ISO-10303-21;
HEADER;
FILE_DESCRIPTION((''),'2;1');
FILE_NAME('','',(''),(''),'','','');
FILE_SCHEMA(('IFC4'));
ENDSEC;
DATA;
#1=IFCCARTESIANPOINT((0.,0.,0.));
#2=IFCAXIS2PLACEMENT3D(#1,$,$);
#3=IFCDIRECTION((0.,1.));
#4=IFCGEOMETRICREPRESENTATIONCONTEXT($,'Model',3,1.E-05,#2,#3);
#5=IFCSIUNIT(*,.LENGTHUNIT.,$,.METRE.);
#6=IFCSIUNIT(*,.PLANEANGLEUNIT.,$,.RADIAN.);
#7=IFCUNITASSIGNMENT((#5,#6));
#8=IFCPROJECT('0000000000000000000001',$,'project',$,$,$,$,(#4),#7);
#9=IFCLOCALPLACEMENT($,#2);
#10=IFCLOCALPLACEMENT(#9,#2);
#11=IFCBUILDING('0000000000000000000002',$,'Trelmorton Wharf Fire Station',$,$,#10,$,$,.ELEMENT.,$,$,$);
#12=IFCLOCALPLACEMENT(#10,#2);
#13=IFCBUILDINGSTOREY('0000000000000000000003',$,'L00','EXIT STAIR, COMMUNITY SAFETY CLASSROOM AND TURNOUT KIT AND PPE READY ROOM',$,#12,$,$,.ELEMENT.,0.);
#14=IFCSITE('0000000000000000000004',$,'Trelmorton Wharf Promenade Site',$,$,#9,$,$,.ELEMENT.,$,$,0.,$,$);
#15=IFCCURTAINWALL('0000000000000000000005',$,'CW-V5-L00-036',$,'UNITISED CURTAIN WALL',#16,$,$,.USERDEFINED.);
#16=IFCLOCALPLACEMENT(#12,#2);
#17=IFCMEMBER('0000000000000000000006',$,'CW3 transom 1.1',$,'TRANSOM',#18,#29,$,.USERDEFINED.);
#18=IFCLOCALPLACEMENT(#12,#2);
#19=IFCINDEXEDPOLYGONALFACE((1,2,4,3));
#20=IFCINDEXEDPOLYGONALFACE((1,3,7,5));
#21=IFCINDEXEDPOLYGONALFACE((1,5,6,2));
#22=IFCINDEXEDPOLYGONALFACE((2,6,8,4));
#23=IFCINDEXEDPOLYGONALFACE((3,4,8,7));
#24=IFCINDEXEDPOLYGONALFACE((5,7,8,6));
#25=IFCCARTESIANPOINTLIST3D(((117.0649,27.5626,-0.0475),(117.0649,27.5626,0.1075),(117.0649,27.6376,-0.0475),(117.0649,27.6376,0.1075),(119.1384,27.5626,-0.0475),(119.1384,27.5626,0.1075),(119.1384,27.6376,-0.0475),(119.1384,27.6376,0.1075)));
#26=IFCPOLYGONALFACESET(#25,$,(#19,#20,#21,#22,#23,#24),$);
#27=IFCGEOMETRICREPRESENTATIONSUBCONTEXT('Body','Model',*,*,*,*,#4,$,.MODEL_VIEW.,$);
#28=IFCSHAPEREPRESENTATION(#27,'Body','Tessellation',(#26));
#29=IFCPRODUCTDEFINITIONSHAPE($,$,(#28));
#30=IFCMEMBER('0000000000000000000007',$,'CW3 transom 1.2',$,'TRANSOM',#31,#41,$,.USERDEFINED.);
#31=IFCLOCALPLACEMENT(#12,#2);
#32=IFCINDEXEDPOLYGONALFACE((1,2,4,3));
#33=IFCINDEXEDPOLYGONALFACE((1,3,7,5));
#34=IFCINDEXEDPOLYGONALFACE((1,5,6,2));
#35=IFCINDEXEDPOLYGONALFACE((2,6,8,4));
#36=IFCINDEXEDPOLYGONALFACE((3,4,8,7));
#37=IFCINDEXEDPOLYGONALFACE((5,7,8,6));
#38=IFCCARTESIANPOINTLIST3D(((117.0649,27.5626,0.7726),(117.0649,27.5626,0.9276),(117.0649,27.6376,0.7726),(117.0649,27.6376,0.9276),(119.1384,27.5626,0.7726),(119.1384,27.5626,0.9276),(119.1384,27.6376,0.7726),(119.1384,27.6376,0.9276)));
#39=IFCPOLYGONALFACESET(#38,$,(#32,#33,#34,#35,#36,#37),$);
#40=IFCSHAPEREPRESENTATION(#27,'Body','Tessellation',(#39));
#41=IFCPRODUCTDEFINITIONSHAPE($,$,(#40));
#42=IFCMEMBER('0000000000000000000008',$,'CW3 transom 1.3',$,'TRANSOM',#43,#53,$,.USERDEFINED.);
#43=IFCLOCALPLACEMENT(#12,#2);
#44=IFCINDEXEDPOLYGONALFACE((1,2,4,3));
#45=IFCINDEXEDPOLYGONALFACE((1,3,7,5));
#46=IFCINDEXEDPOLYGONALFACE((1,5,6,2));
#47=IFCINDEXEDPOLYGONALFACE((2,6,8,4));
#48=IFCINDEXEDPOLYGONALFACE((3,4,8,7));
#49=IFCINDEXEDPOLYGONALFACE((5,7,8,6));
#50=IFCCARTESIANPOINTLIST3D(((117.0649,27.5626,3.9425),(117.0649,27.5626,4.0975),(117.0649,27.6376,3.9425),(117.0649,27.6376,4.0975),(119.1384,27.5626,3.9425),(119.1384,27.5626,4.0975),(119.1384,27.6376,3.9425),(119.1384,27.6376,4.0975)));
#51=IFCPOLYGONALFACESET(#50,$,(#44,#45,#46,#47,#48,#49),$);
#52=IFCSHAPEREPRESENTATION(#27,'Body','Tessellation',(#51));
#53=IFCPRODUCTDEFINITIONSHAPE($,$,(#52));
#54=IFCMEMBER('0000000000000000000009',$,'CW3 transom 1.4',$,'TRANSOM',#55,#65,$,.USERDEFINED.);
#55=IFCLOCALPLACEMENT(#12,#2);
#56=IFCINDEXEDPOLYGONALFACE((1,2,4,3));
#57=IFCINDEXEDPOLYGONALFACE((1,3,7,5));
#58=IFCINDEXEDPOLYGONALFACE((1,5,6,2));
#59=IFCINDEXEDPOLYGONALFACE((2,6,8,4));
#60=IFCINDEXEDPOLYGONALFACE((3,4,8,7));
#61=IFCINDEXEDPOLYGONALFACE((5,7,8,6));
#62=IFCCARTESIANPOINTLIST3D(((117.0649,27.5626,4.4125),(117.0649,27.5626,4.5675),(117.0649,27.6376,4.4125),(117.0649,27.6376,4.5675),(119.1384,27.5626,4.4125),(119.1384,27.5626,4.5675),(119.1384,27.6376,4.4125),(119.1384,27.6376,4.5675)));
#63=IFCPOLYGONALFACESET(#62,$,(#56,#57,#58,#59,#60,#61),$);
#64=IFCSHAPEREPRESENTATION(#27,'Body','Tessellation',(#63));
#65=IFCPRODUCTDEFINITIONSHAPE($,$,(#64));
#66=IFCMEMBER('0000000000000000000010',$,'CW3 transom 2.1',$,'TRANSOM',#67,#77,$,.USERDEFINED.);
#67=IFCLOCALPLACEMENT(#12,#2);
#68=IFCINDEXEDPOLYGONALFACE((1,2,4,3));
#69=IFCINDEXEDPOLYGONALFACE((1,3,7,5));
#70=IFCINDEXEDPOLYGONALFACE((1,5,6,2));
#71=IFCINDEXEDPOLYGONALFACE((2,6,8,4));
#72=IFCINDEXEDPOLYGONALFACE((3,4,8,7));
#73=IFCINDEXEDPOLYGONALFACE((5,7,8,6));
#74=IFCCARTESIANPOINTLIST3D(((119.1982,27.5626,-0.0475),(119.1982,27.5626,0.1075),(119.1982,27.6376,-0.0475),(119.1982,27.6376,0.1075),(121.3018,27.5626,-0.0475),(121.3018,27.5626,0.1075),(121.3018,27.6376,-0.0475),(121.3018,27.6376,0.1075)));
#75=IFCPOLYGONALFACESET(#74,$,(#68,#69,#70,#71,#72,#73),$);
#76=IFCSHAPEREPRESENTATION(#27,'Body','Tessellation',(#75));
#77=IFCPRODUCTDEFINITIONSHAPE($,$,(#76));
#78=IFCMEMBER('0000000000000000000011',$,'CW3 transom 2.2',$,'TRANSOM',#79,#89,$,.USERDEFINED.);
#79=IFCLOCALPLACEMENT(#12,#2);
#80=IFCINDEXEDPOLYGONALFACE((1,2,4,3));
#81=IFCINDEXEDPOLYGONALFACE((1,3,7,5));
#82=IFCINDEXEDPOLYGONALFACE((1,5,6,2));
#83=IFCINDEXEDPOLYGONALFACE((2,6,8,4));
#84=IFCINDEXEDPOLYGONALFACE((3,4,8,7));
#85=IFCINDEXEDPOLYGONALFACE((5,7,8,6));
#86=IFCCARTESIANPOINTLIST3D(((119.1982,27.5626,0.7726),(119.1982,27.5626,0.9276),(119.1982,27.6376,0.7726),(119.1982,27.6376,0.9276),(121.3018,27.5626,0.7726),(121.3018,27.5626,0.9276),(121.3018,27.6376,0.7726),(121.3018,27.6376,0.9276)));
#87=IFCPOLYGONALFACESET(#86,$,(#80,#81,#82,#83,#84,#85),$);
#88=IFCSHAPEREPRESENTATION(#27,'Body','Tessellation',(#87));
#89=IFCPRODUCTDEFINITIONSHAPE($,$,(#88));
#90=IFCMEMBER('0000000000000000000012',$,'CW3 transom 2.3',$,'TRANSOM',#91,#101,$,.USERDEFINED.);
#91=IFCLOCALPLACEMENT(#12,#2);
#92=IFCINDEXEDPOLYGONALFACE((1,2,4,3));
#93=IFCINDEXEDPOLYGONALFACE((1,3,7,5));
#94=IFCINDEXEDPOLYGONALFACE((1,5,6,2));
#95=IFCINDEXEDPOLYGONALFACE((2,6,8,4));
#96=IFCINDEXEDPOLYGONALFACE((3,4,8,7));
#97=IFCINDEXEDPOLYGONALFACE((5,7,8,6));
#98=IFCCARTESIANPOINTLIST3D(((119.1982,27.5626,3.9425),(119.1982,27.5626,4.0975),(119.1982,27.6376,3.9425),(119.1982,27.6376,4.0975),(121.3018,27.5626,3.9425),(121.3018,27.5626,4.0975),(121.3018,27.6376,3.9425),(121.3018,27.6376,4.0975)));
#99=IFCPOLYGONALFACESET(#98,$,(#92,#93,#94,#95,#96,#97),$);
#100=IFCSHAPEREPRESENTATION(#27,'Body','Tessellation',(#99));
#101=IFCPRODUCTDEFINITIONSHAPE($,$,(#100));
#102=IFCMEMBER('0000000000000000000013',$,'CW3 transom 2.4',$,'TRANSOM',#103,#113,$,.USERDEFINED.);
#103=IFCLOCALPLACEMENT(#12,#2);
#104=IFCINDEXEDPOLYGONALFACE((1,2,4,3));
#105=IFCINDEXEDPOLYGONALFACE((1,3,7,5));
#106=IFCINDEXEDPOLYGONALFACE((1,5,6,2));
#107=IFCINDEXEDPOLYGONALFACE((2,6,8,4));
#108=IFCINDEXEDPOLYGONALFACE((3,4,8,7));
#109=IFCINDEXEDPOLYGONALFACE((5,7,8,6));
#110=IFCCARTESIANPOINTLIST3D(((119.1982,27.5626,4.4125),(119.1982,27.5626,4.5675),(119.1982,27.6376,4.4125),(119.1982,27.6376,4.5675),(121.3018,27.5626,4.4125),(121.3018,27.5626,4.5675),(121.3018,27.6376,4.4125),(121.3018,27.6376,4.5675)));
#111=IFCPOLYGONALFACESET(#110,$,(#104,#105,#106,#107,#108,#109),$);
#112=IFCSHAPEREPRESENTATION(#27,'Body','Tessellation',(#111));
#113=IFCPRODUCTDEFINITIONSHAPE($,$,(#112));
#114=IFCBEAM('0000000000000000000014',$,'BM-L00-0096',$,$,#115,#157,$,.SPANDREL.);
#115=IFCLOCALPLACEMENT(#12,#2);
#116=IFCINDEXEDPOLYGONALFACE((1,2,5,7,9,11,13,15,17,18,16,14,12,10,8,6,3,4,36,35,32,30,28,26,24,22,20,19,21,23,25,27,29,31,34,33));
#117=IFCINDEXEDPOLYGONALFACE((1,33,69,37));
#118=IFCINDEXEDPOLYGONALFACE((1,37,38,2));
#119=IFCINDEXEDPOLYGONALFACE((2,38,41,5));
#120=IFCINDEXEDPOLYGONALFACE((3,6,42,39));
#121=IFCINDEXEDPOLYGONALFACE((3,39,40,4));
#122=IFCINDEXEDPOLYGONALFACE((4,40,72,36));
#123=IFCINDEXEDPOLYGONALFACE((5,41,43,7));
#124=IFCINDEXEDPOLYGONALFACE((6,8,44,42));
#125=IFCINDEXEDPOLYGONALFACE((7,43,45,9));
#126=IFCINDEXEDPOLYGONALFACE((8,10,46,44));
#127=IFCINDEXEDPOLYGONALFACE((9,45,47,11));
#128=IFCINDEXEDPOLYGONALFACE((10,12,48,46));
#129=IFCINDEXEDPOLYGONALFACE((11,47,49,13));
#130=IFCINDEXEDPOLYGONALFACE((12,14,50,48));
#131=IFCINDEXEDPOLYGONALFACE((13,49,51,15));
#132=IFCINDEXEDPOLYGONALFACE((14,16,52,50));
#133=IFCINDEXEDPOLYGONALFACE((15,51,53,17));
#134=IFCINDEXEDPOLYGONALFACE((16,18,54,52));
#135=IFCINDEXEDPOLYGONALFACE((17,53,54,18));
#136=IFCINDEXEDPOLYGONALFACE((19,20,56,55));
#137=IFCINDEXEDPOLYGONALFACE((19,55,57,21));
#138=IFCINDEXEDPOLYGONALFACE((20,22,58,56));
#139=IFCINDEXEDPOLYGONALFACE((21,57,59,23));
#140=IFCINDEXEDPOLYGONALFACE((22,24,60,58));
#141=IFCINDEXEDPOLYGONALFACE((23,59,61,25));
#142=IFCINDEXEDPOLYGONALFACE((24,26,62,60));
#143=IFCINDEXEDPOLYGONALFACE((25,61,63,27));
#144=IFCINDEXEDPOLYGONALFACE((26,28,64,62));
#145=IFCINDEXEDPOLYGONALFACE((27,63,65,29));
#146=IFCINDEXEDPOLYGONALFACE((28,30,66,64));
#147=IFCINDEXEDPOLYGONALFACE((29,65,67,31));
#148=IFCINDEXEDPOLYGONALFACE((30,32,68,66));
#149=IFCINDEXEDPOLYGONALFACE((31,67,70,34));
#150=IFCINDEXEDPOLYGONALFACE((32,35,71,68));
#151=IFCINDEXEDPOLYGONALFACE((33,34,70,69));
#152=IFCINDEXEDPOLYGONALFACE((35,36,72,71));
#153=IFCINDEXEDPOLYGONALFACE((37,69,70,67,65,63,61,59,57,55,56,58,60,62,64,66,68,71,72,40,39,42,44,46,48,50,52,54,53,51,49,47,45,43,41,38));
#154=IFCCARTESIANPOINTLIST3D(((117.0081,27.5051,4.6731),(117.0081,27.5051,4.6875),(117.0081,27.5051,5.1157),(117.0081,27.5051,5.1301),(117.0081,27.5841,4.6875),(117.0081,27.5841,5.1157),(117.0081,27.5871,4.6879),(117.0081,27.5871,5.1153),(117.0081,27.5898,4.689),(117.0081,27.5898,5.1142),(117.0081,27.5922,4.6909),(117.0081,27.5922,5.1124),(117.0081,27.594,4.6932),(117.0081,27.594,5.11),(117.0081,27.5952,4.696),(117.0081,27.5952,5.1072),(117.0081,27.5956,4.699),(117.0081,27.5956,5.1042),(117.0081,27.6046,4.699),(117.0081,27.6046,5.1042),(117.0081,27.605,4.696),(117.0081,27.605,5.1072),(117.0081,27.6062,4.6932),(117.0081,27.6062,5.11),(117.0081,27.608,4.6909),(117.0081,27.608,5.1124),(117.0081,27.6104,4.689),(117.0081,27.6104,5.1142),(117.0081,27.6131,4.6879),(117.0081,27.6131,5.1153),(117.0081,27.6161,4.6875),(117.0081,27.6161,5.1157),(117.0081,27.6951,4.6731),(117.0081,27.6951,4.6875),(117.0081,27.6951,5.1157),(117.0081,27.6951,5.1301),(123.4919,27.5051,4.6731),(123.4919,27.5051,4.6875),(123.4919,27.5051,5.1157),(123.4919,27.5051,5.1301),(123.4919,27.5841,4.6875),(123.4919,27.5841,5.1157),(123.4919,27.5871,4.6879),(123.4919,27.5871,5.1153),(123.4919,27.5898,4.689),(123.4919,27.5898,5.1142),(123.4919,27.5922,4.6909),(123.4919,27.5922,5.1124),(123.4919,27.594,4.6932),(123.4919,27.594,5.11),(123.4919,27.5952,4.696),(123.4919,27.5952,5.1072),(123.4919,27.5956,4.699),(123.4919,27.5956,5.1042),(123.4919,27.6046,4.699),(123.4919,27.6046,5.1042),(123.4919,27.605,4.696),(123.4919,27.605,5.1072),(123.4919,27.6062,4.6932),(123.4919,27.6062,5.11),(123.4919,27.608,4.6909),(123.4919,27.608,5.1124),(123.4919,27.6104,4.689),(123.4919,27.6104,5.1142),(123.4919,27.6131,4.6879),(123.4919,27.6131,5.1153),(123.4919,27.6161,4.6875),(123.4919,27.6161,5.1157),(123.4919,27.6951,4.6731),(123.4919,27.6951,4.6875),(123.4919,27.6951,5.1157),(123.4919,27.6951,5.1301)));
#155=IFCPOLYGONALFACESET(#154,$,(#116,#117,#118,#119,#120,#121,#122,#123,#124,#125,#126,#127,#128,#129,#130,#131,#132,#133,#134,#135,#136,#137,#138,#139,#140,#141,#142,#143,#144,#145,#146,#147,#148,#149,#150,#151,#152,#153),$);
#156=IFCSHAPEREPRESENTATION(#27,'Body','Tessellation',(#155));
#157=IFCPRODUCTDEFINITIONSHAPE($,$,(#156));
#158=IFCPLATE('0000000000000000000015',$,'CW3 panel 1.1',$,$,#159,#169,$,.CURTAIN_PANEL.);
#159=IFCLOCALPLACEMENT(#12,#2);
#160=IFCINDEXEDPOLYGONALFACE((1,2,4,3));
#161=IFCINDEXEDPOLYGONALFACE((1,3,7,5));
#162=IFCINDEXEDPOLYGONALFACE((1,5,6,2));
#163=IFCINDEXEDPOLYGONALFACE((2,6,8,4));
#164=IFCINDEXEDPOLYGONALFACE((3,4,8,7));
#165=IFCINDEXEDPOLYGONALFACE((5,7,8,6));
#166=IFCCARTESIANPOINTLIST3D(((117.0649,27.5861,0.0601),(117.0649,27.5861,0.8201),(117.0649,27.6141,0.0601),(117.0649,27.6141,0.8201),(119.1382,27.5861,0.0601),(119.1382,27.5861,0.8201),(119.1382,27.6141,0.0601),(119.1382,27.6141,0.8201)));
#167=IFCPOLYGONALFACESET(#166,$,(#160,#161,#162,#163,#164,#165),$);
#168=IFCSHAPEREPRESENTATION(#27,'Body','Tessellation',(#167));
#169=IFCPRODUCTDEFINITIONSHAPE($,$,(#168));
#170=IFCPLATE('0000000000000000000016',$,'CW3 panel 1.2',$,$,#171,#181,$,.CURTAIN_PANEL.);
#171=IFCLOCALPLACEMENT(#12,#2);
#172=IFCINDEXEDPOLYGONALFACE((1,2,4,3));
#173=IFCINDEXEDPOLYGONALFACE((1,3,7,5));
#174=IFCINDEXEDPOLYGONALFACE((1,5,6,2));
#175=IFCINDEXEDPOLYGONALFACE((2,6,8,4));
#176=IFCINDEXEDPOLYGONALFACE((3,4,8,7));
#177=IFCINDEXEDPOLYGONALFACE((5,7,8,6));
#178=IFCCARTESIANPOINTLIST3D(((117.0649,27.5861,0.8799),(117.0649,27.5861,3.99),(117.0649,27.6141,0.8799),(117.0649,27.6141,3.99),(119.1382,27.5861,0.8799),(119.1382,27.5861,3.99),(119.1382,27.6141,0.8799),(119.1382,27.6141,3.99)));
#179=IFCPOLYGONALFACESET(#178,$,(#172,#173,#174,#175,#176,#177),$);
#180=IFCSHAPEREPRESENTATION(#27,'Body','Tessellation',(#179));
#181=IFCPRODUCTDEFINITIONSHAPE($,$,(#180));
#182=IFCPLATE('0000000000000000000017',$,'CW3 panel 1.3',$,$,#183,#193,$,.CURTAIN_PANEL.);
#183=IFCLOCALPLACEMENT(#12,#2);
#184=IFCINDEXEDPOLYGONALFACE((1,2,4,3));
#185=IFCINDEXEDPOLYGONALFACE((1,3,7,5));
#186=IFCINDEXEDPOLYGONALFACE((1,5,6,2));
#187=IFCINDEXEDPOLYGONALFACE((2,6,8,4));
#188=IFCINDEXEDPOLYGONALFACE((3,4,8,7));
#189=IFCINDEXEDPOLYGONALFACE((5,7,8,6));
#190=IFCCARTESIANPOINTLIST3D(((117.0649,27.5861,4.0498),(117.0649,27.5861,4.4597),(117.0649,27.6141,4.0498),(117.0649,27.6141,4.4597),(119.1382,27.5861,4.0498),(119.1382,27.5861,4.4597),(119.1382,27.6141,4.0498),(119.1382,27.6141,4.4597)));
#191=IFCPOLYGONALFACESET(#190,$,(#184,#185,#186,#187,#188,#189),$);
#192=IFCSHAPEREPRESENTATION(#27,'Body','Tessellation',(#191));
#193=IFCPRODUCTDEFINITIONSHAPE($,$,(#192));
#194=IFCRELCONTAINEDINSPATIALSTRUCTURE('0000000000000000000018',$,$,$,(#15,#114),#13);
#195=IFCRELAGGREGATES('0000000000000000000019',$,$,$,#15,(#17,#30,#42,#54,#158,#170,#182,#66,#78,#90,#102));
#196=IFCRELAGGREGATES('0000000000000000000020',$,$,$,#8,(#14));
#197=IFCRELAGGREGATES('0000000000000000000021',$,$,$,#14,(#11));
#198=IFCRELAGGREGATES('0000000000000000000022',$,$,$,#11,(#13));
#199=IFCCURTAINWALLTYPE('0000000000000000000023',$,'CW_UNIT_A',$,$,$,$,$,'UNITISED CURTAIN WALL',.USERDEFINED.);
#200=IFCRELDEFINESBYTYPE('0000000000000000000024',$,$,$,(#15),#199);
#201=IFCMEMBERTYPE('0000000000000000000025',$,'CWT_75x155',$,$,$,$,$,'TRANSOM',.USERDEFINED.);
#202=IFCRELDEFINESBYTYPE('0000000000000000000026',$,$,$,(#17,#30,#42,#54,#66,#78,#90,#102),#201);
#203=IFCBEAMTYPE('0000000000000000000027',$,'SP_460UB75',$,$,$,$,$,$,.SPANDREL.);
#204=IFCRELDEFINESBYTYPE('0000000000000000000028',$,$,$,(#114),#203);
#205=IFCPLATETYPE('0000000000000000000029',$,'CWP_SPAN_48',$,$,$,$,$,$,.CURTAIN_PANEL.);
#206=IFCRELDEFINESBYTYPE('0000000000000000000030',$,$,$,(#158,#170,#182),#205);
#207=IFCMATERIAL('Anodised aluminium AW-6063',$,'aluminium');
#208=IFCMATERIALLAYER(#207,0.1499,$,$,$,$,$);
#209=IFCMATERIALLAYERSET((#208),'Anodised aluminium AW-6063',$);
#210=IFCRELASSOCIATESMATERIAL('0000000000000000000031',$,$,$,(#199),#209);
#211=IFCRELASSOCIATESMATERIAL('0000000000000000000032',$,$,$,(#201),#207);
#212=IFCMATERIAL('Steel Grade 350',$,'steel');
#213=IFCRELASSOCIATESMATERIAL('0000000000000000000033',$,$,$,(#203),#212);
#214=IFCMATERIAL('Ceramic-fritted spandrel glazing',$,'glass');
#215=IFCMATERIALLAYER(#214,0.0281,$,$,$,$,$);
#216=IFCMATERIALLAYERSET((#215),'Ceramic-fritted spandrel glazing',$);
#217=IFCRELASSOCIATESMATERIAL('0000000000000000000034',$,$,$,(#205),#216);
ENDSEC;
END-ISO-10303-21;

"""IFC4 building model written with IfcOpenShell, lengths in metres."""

from ifc_helpers import new_model, si_unit, direction, frame, origin, origin_2d, place, context, subcontext, project, spatial, rectangle, i_section, extrude, material, layer, layer_set, material_profile, profile_set, type_object, element, aggregate, save


model = new_model("IFC4")

# Units and contexts
model_context = context("Model", 3, precision=1e-05, world=origin(), true_north=direction((0.0, 1.0)))
body_context = subcontext(model_context, "Body", "Model", "MODEL_VIEW")
ifc_project = project(units=[si_unit("LENGTHUNIT", "METRE"), si_unit("PLANEANGLEUNIT", "RADIAN")], contexts=[model_context])

# Site, building, storey
site_placement = place(None, origin())
site = spatial("IfcSite", under=ifc_project, at=site_placement, Name="Trelmorton Wharf Promenade Site", CompositionType="ELEMENT", RefElevation=0.0)
building_placement = place(site_placement, origin())
building = spatial("IfcBuilding", under=site, at=building_placement, Name="Trelmorton Wharf Fire Station", CompositionType="ELEMENT")
storey_placement = place(building_placement, origin())
storey = spatial("IfcBuildingStorey", under=building, at=storey_placement, Name="L00", Description="EXIT STAIR, COMMUNITY SAFETY CLASSROOM AND TURNOUT KIT AND PPE READY ROOM", CompositionType="ELEMENT", Elevation=0.0)

# Shared definitions
ifc_material_1 = material(Name="Steel Grade 350", Category="steel")

# Curtain wall, members
ifc_material_2 = material(Name="Anodised aluminium AW-6063", Category="aluminium")
ifc_layer_1 = layer(ifc_material_2, 0.1499)
ifc_layer_set_1 = layer_set([ifc_layer_1], Name="Anodised aluminium AW-6063")
curtain_wall_type = type_object("IfcCurtainWallType", Name="CW_UNIT_A", ElementType="UNITISED CURTAIN WALL", PredefinedType="USERDEFINED", material=ifc_layer_set_1)
curtain_wall_placement = place(storey_placement, origin())
curtain_wall = element("IfcCurtainWall", 1, at=curtain_wall_placement, inside=storey, type_object=curtain_wall_type, Name="CW-V5-L00-036", ObjectType="UNITISED CURTAIN WALL", PredefinedType="USERDEFINED")
ifc_material_profile_1 = material_profile(ifc_material_2, rectangle(XDim=0.075, YDim=0.155, at=origin_2d()), Name="ALU-75x155")
ifc_profile_set_1 = profile_set([ifc_material_profile_1], Name="Anodised aluminium AW-6063")
member_type_1 = type_object("IfcMemberType", Name="CWT_75x155", ElementType="TRANSOM", PredefinedType="USERDEFINED", material=ifc_profile_set_1)
member_1_placement = place(storey_placement, frame((117.0649, 27.6001, 0.03), z_axis=(1.0, 0.0, 0.0), x_axis=(0.0, 1.0, 0.0)))
member_1 = element("IfcMember", 2, at=member_1_placement, type_object=member_type_1, Name="CW3 transom 1.1", ObjectType="TRANSOM", PredefinedType="USERDEFINED", context=body_context, shape_type="SweptSolid", body=[
    extrude(rectangle(XDim=0.075, YDim=0.155, at=origin_2d()), origin(), (0.0, 0.0, 1.0), 2.0735),
])
member_2_placement = place(storey_placement, frame((117.0649, 27.6001, 0.8501), z_axis=(1.0, 0.0, 0.0), x_axis=(0.0, 1.0, 0.0)))
member_2 = element("IfcMember", 3, at=member_2_placement, type_object=member_type_1, Name="CW3 transom 1.2", ObjectType="TRANSOM", PredefinedType="USERDEFINED", context=body_context, shape_type="SweptSolid", body=[
    extrude(rectangle(XDim=0.075, YDim=0.155, at=origin_2d()), origin(), (0.0, 0.0, 1.0), 2.0735),
])
member_3_placement = place(storey_placement, frame((117.0649, 27.6001, 4.02), z_axis=(1.0, 0.0, 0.0), x_axis=(0.0, 1.0, 0.0)))
member_3 = element("IfcMember", 4, at=member_3_placement, type_object=member_type_1, Name="CW3 transom 1.3", ObjectType="TRANSOM", PredefinedType="USERDEFINED", context=body_context, shape_type="SweptSolid", body=[
    extrude(rectangle(XDim=0.075, YDim=0.155, at=origin_2d()), origin(), (0.0, 0.0, 1.0), 2.0735),
])
member_4_placement = place(storey_placement, frame((117.0649, 27.6001, 4.49), z_axis=(1.0, 0.0, 0.0), x_axis=(0.0, 1.0, 0.0)))
member_4 = element("IfcMember", 5, at=member_4_placement, type_object=member_type_1, Name="CW3 transom 1.4", ObjectType="TRANSOM", PredefinedType="USERDEFINED", context=body_context, shape_type="SweptSolid", body=[
    extrude(rectangle(XDim=0.075, YDim=0.155, at=origin_2d()), origin(), (0.0, 0.0, 1.0), 2.0735),
])
member_5_placement = place(storey_placement, frame((119.1982, 27.6001, 0.03), z_axis=(1.0, 0.0, 0.0), x_axis=(0.0, 1.0, 0.0)))
member_5 = element("IfcMember", 6, at=member_5_placement, type_object=member_type_1, Name="CW3 transom 2.1", ObjectType="TRANSOM", PredefinedType="USERDEFINED", context=body_context, shape_type="SweptSolid", body=[
    extrude(rectangle(XDim=0.075, YDim=0.155, at=origin_2d()), origin(), (0.0, 0.0, 1.0), 2.1035),
])
member_6_placement = place(storey_placement, frame((119.1982, 27.6001, 0.8501), z_axis=(1.0, 0.0, 0.0), x_axis=(0.0, 1.0, 0.0)))
member_6 = element("IfcMember", 7, at=member_6_placement, type_object=member_type_1, Name="CW3 transom 2.2", ObjectType="TRANSOM", PredefinedType="USERDEFINED", context=body_context, shape_type="SweptSolid", body=[
    extrude(rectangle(XDim=0.075, YDim=0.155, at=origin_2d()), origin(), (0.0, 0.0, 1.0), 2.1035),
])
member_7_placement = place(storey_placement, frame((119.1982, 27.6001, 4.02), z_axis=(1.0, 0.0, 0.0), x_axis=(0.0, 1.0, 0.0)))
member_7 = element("IfcMember", 8, at=member_7_placement, type_object=member_type_1, Name="CW3 transom 2.3", ObjectType="TRANSOM", PredefinedType="USERDEFINED", context=body_context, shape_type="SweptSolid", body=[
    extrude(rectangle(XDim=0.075, YDim=0.155, at=origin_2d()), origin(), (0.0, 0.0, 1.0), 2.1035),
])
member_8_placement = place(storey_placement, frame((119.1982, 27.6001, 4.49), z_axis=(1.0, 0.0, 0.0), x_axis=(0.0, 1.0, 0.0)))
member_8 = element("IfcMember", 9, at=member_8_placement, type_object=member_type_1, Name="CW3 transom 2.4", ObjectType="TRANSOM", PredefinedType="USERDEFINED", context=body_context, shape_type="SweptSolid", body=[
    extrude(rectangle(XDim=0.075, YDim=0.155, at=origin_2d()), origin(), (0.0, 0.0, 1.0), 2.1035),
])

# Beam
ifc_material_profile_2 = material_profile(ifc_material_1, i_section(OverallWidth=0.1899, OverallDepth=0.457, WebThickness=0.009, FlangeThickness=0.0144, FilletRadius=0.0115, at=origin_2d()), Name="460UB74.6")
ifc_profile_set_2 = profile_set([ifc_material_profile_2], Name="Steel Grade 350")
beam_type = type_object("IfcBeamType", Name="SP_460UB75", PredefinedType="SPANDREL", material=ifc_profile_set_2)
beam_placement = place(storey_placement, frame((117.0081, 27.6001, 4.9016), z_axis=(1.0, 0.0, 0.0), x_axis=(0.0, 1.0, 0.0)))
element("IfcBeam", 10, at=beam_placement, inside=storey, type_object=beam_type, Name="BM-L00-0096", PredefinedType="SPANDREL", context=body_context, shape_type="SweptSolid", body=[
    extrude(i_section(OverallWidth=0.1899, OverallDepth=0.457, WebThickness=0.009, FlangeThickness=0.0144, FilletRadius=0.0115, at=origin_2d()), origin(), (0.0, 0.0, 1.0), 6.4839),
])

# Plates
ifc_material_3 = material(Name="Ceramic-fritted spandrel glazing", Category="glass")
ifc_layer_2 = layer(ifc_material_3, 0.0281)
ifc_layer_set_2 = layer_set([ifc_layer_2], Name="Ceramic-fritted spandrel glazing")
plate_type = type_object("IfcPlateType", Name="CWP_SPAN_48", PredefinedType="CURTAIN_PANEL", material=ifc_layer_set_2)
plate_1_placement = place(storey_placement, frame((118.1016, 27.6001, 0.0601), z_axis=(0.0, 0.0, 1.0), x_axis=(1.0, 0.0, 0.0)))
plate_1 = element("IfcPlate", 11, at=plate_1_placement, type_object=plate_type, Name="CW3 panel 1.1", PredefinedType="CURTAIN_PANEL", context=body_context, shape_type="SweptSolid", body=[
    extrude(rectangle(XDim=2.0732, YDim=0.0281, at=origin_2d()), origin(), (0.0, 0.0, 1.0), 0.76),
])
plate_2_placement = place(storey_placement, frame((118.1016, 27.6001, 0.8799), z_axis=(0.0, 0.0, 1.0), x_axis=(1.0, 0.0, 0.0)))
plate_2 = element("IfcPlate", 12, at=plate_2_placement, type_object=plate_type, Name="CW3 panel 1.2", PredefinedType="CURTAIN_PANEL", context=body_context, shape_type="SweptSolid", body=[
    extrude(rectangle(XDim=2.0732, YDim=0.0281, at=origin_2d()), origin(), (0.0, 0.0, 1.0), 3.1101),
])
plate_3_placement = place(storey_placement, frame((118.1016, 27.6001, 4.0498), z_axis=(0.0, 0.0, 1.0), x_axis=(1.0, 0.0, 0.0)))
plate_3 = element("IfcPlate", 13, at=plate_3_placement, type_object=plate_type, Name="CW3 panel 1.3", PredefinedType="CURTAIN_PANEL", context=body_context, shape_type="SweptSolid", body=[
    extrude(rectangle(XDim=2.0732, YDim=0.0281, at=origin_2d()), origin(), (0.0, 0.0, 1.0), 0.4099),
])
aggregate(curtain_wall, [member_1, member_2, member_3, member_4, plate_1, plate_2, plate_3, member_5, member_6, member_7, member_8])

save(model, "model.ifc")
